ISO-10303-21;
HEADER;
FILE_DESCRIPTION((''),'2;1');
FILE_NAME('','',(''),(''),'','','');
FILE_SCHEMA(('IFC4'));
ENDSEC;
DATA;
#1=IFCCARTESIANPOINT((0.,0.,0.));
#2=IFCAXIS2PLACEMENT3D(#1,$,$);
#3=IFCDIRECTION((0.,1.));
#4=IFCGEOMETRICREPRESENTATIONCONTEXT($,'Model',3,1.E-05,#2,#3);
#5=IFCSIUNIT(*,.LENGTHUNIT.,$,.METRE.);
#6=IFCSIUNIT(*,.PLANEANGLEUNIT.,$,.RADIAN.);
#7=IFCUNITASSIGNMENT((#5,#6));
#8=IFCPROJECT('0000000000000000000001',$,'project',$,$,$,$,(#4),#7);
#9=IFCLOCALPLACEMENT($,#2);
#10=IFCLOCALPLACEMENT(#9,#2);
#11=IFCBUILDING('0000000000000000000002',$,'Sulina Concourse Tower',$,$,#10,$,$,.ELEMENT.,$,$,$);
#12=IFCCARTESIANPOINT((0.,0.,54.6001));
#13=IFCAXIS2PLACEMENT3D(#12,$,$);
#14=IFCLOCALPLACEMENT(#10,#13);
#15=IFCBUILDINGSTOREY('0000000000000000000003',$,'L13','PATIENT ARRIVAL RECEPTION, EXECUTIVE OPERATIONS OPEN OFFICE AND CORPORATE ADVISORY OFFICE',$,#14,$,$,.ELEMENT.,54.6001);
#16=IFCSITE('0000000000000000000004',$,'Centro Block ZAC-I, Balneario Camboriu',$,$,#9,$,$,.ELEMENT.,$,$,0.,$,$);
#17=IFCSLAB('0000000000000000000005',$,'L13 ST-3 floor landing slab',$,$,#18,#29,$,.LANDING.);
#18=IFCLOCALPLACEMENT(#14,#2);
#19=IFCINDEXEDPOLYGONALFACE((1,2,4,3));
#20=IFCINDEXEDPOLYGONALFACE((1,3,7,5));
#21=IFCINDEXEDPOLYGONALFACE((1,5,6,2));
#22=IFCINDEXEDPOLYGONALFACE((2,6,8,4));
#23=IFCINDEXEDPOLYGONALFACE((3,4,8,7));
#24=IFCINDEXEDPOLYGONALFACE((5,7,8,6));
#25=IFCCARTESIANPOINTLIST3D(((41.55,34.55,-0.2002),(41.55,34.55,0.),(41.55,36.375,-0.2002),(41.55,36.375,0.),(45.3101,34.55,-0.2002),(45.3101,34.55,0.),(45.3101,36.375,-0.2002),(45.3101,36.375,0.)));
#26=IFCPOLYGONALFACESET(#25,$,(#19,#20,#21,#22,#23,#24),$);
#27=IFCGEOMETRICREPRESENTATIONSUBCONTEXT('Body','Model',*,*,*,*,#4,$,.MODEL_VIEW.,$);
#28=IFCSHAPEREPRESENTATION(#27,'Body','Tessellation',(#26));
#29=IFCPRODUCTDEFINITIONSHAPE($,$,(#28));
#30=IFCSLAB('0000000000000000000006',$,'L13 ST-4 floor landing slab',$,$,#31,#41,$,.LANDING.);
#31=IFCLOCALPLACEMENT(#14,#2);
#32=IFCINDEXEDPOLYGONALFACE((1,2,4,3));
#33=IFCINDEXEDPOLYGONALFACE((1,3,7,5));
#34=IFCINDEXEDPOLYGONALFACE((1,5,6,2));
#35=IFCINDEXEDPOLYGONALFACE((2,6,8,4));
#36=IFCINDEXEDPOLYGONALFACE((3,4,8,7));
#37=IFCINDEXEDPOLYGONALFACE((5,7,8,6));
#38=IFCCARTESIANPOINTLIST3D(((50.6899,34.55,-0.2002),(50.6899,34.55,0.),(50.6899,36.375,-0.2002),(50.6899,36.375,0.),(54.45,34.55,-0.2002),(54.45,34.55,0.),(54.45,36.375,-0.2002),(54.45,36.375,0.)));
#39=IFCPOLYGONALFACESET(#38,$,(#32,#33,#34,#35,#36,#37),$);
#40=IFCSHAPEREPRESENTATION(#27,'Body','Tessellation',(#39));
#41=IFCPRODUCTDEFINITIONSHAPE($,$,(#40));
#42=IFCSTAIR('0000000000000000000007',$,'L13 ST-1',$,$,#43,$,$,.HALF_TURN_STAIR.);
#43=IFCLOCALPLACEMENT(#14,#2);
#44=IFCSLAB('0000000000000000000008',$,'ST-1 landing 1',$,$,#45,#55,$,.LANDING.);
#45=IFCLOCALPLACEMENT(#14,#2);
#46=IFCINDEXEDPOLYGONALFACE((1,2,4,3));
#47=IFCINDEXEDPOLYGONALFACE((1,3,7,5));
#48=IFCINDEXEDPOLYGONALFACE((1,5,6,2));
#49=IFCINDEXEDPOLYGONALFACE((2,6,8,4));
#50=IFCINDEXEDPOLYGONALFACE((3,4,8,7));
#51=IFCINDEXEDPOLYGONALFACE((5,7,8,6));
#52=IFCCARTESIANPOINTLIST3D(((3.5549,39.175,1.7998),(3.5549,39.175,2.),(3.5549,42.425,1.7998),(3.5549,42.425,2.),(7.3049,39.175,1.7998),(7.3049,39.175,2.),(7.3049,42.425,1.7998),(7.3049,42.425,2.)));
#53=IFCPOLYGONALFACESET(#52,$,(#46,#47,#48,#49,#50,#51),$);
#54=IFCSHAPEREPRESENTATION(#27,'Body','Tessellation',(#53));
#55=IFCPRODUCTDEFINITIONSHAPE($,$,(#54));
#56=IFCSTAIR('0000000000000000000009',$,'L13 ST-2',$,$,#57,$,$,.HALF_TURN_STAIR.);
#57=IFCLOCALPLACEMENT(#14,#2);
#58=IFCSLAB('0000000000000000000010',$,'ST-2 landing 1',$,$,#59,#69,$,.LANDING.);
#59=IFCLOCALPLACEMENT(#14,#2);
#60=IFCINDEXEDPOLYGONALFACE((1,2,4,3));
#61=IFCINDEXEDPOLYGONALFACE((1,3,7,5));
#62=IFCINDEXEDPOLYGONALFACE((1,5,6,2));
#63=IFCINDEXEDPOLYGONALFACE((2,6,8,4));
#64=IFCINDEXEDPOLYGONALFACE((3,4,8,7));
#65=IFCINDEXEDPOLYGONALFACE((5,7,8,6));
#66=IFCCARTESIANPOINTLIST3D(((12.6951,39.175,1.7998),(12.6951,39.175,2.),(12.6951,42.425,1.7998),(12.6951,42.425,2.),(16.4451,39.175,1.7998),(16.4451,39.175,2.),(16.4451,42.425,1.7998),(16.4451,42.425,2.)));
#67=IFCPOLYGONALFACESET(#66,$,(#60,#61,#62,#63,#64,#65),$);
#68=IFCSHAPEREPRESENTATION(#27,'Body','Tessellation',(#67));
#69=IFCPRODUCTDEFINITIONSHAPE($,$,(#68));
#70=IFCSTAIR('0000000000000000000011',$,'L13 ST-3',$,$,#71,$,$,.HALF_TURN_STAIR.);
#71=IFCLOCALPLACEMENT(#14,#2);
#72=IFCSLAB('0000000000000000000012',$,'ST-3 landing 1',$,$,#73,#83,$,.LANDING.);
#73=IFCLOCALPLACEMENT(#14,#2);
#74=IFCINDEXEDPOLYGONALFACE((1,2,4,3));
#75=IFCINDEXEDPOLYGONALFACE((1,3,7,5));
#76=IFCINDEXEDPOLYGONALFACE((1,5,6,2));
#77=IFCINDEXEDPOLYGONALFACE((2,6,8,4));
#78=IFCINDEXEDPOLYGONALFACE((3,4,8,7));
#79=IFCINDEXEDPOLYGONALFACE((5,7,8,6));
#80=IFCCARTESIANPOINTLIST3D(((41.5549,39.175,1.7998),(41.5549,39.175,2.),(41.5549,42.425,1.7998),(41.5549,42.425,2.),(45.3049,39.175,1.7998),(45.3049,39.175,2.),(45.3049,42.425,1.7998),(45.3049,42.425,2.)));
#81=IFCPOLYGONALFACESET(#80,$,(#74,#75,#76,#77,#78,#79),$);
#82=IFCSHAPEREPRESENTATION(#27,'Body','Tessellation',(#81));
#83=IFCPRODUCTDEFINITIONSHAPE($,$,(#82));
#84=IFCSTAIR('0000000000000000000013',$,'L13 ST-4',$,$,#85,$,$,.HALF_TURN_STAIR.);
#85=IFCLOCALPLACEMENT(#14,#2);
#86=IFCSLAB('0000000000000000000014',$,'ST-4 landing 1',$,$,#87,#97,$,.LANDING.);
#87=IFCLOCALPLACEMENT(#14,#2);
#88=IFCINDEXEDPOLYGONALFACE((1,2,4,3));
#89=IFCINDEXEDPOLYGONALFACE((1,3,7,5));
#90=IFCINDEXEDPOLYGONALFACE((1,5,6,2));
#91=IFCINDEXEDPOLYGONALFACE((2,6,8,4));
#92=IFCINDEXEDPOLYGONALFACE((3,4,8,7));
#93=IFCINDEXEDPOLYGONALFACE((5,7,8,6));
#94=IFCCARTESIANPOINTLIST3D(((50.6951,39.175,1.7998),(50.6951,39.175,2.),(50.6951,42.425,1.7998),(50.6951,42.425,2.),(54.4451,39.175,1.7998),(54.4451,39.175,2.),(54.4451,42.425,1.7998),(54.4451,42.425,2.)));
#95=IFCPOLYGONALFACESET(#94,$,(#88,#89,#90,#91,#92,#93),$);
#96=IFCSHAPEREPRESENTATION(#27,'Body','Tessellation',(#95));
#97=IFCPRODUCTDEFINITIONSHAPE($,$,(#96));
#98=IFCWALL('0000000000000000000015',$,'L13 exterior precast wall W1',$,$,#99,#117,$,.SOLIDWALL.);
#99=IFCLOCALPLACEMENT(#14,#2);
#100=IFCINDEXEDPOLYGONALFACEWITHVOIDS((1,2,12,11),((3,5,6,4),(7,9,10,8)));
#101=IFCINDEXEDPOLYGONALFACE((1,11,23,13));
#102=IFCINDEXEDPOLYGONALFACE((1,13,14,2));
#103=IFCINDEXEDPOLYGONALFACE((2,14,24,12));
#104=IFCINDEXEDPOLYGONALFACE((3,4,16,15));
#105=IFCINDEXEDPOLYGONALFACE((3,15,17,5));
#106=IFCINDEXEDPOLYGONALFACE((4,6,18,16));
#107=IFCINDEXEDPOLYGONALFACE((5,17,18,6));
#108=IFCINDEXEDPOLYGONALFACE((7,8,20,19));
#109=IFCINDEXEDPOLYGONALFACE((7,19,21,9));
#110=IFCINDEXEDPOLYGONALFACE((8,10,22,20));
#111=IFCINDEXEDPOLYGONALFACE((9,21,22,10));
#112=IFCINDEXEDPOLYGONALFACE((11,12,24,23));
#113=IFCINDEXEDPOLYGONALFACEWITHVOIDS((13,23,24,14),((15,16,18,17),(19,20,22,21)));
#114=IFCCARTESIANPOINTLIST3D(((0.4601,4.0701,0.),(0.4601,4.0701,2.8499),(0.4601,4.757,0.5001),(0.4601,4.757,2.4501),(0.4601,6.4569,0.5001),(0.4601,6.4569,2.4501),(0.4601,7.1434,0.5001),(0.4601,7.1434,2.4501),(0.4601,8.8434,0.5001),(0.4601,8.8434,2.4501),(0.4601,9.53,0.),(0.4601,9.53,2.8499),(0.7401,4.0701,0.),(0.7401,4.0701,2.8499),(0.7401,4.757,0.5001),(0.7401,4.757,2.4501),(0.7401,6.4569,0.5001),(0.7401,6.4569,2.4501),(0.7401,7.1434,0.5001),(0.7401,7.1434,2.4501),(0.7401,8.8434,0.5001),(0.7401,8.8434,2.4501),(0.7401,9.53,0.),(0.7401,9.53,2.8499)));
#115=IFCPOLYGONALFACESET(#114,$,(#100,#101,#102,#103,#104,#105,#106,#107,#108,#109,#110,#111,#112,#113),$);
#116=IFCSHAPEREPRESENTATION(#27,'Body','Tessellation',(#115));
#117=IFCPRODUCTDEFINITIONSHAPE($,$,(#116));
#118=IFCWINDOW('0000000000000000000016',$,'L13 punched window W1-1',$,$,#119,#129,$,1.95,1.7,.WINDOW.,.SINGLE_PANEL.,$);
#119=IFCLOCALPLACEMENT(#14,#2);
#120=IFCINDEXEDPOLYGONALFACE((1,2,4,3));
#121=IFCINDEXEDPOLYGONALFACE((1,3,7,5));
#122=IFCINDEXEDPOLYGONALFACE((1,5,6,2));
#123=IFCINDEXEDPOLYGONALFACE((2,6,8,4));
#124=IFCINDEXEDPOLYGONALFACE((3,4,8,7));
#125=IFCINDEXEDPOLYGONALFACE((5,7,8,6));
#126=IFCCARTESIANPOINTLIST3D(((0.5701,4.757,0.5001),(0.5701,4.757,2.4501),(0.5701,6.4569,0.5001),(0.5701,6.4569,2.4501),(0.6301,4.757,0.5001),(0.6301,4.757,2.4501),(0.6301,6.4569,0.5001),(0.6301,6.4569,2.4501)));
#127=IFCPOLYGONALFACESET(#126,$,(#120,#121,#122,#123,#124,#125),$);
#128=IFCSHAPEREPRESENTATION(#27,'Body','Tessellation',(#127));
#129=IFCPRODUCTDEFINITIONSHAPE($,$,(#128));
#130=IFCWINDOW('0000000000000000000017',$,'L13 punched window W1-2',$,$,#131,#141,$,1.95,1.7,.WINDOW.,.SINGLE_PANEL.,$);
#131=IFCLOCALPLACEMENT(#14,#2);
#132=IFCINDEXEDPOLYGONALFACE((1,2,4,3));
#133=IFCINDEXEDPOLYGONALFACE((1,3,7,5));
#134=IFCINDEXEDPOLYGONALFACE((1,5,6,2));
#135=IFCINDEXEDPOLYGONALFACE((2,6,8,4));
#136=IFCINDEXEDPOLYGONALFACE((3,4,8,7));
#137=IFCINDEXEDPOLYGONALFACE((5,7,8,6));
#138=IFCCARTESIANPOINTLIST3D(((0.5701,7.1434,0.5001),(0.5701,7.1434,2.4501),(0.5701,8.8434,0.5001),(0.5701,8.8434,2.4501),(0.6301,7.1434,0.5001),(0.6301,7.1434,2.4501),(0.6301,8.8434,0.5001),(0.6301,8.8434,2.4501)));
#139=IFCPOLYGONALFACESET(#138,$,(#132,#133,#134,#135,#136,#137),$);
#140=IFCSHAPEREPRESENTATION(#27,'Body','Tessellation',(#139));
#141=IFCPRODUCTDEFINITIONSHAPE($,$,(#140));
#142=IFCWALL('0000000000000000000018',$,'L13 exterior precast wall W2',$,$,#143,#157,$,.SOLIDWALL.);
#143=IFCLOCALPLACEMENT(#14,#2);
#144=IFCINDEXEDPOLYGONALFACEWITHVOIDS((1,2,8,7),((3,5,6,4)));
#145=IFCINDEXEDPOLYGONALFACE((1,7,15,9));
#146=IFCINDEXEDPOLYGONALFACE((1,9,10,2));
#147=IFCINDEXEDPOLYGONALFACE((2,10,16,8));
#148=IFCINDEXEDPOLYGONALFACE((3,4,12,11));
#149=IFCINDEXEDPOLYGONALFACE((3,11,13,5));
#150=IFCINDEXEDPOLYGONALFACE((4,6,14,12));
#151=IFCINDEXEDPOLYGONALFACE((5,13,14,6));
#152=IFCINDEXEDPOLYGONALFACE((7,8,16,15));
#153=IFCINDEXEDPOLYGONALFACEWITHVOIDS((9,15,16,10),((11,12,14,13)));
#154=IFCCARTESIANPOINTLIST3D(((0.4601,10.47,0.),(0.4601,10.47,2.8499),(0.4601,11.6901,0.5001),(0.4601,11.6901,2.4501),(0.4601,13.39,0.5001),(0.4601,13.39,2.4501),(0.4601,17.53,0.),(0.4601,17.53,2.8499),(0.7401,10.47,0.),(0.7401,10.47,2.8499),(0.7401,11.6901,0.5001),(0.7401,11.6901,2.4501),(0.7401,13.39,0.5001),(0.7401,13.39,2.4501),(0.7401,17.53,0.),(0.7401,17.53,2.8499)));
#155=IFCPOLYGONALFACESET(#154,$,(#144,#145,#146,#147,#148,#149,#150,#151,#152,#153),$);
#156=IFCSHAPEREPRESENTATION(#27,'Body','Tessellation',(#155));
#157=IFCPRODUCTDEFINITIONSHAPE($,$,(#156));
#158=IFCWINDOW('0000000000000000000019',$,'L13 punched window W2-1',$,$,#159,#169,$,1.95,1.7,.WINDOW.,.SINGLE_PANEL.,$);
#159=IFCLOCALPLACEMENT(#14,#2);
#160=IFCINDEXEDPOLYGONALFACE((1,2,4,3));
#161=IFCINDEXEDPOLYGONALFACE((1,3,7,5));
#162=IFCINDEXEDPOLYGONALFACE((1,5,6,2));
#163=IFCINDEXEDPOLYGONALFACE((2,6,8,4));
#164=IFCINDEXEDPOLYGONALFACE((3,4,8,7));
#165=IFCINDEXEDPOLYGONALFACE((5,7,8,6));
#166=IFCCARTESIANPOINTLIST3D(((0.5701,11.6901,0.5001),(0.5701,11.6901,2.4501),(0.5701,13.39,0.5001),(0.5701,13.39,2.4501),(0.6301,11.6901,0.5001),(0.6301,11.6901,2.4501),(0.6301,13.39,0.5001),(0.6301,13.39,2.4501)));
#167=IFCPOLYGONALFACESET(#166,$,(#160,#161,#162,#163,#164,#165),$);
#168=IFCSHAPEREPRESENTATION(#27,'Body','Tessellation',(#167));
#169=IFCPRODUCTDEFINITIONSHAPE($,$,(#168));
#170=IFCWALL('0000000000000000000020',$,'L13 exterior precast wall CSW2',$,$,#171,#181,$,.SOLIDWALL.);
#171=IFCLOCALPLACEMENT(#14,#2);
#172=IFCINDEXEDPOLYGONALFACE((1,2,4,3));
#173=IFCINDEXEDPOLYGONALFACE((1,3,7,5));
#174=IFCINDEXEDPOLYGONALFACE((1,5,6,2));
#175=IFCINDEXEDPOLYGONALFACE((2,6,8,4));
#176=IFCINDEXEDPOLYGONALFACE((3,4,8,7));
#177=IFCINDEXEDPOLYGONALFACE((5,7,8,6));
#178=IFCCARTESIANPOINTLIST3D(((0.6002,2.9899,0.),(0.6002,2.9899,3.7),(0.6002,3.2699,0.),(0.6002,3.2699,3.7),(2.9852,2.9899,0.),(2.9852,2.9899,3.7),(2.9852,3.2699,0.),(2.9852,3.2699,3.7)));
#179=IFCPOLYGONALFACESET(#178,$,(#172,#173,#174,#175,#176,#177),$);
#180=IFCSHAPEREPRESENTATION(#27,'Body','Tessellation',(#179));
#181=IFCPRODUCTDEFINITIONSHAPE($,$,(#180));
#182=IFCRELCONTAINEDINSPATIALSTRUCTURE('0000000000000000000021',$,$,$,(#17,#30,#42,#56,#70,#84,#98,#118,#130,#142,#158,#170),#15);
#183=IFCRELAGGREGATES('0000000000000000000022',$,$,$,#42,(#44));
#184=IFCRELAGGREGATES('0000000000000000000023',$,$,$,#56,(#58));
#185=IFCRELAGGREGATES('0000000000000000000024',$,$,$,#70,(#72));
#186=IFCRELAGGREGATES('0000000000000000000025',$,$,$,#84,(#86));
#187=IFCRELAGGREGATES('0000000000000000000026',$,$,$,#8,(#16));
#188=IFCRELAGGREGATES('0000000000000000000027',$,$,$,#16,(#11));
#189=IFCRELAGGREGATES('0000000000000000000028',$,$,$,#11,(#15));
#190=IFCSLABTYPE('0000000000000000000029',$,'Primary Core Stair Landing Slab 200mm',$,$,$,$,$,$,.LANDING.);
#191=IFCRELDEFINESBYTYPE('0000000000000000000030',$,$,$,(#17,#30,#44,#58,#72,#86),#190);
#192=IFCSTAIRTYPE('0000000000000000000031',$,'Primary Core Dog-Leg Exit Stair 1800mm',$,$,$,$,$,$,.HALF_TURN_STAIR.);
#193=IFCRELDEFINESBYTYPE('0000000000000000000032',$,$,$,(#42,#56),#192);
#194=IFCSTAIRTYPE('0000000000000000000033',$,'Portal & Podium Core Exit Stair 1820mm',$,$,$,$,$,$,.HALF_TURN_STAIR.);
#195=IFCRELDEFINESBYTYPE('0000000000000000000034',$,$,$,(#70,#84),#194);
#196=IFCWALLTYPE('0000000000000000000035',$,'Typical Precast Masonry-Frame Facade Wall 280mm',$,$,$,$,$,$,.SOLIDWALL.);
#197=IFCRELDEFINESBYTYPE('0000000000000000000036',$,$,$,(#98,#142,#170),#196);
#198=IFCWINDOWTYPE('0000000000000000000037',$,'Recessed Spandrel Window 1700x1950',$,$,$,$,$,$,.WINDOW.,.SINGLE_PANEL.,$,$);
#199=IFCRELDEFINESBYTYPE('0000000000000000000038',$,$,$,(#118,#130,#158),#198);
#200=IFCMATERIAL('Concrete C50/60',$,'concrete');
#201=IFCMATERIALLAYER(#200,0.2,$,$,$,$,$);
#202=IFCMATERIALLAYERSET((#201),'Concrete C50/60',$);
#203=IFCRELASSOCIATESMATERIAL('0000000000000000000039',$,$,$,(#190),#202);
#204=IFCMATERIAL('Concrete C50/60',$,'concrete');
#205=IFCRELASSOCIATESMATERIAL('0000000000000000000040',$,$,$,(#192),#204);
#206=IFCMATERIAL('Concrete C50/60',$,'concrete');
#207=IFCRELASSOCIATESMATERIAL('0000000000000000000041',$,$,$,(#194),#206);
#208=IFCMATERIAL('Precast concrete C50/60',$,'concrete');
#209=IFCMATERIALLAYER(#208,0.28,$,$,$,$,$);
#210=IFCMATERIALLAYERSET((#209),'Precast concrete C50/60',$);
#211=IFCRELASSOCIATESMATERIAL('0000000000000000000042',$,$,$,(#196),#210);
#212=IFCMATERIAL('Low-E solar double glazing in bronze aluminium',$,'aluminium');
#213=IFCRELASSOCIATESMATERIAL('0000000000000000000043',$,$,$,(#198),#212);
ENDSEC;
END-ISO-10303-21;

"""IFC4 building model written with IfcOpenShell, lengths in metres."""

from ifc_helpers import new_model, si_unit, direction, frame, frame_2d, origin, place, context, subcontext, project, spatial, polyline, rectangle, outline, extrude, material, layer, layer_set, type_object, element, fill, aggregate, save


model = new_model("IFC4")

# Units and contexts
model_context = context("Model", 3, precision=1e-05, world=origin(), true_north=direction((0.0, 1.0)))
body_context = subcontext(model_context, "Body", "Model", "MODEL_VIEW")
ifc_project = project(units=[si_unit("LENGTHUNIT", "METRE"), si_unit("PLANEANGLEUNIT", "RADIAN")], contexts=[model_context])

# Site, building, storey
site_placement = place(None, origin())
site = spatial("IfcSite", under=ifc_project, at=site_placement, Name="Centro Block ZAC-I, Balneario Camboriu", CompositionType="ELEMENT", RefElevation=0.0)
building_placement = place(site_placement, origin())
building = spatial("IfcBuilding", under=site, at=building_placement, Name="Sulina Concourse Tower", CompositionType="ELEMENT")
storey_placement = place(building_placement, frame((0.0, 0.0, 54.6001)))
storey = spatial("IfcBuildingStorey", under=building, at=storey_placement, Name="L13", Description="PATIENT ARRIVAL RECEPTION, EXECUTIVE OPERATIONS OPEN OFFICE AND CORPORATE ADVISORY OFFICE", CompositionType="ELEMENT", Elevation=54.6001)

# Slabs
ifc_material_1 = material(Name="Concrete C50/60", Category="concrete")
ifc_layer_1 = layer(ifc_material_1, 0.2)
ifc_layer_set_1 = layer_set([ifc_layer_1], Name="Concrete C50/60")
slab_type_1 = type_object("IfcSlabType", Name="Primary Core Stair Landing Slab 200mm", PredefinedType="LANDING", material=ifc_layer_set_1)
slab_1_placement = place(storey_placement, frame((0.0, 0.0, -0.2002)))
element("IfcSlab", 1, at=slab_1_placement, inside=storey, type_object=slab_type_1, Name="L13 ST-3 floor landing slab", PredefinedType="LANDING", context=body_context, shape_type="SweptSolid", body=[
    extrude(outline(polyline([(45.3101, 34.55), (45.3101, 36.375), (41.55, 36.375), (41.55, 34.55), (45.3101, 34.55)])), origin(), (0.0, 0.0, 1.0), 0.2002),
])
slab_2_placement = place(storey_placement, frame((0.0, 0.0, -0.2002)))
element("IfcSlab", 2, at=slab_2_placement, inside=storey, type_object=slab_type_1, Name="L13 ST-4 floor landing slab", PredefinedType="LANDING", context=body_context, shape_type="SweptSolid", body=[
    extrude(outline(polyline([(54.45, 34.55), (54.45, 36.375), (50.6899, 36.375), (50.6899, 34.55), (54.45, 34.55)])), origin(), (0.0, 0.0, 1.0), 0.2002),
])

# Stairs, slabs
ifc_material_2 = material(Name="Concrete C50/60", Category="concrete")
stair_type_1 = type_object("IfcStairType", Name="Primary Core Dog-Leg Exit Stair 1800mm", PredefinedType="HALF_TURN_STAIR", material=ifc_material_2)
stair_1_placement = place(storey_placement, origin())
stair_1 = element("IfcStair", 3, at=stair_1_placement, inside=storey, type_object=stair_type_1, Name="L13 ST-1", PredefinedType="HALF_TURN_STAIR")
slab_3_placement = place(storey_placement, frame((0.0, 0.0, 1.7998)))
slab_3 = element("IfcSlab", 4, at=slab_3_placement, type_object=slab_type_1, Name="ST-1 landing 1", PredefinedType="LANDING", context=body_context, shape_type="SweptSolid", body=[
    extrude(outline(polyline([(7.3049, 39.175), (7.3049, 42.425), (3.5549, 42.425), (3.5549, 39.175), (7.3049, 39.175)])), origin(), (0.0, 0.0, 1.0), 0.2002),
])
aggregate(stair_1, [slab_3])
stair_2_placement = place(storey_placement, origin())
stair_2 = element("IfcStair", 5, at=stair_2_placement, inside=storey, type_object=stair_type_1, Name="L13 ST-2", PredefinedType="HALF_TURN_STAIR")
slab_4_placement = place(storey_placement, frame((0.0, 0.0, 1.7998)))
slab_4 = element("IfcSlab", 6, at=slab_4_placement, type_object=slab_type_1, Name="ST-2 landing 1", PredefinedType="LANDING", context=body_context, shape_type="SweptSolid", body=[
    extrude(outline(polyline([(16.4451, 39.175), (16.4451, 42.425), (12.6951, 42.425), (12.6951, 39.175), (16.4451, 39.175)])), origin(), (0.0, 0.0, 1.0), 0.2002),
])
aggregate(stair_2, [slab_4])
ifc_material_3 = material(Name="Concrete C50/60", Category="concrete")
stair_type_2 = type_object("IfcStairType", Name="Portal & Podium Core Exit Stair 1820mm", PredefinedType="HALF_TURN_STAIR", material=ifc_material_3)
stair_3_placement = place(storey_placement, origin())
stair_3 = element("IfcStair", 7, at=stair_3_placement, inside=storey, type_object=stair_type_2, Name="L13 ST-3", PredefinedType="HALF_TURN_STAIR")
slab_5_placement = place(storey_placement, frame((0.0, 0.0, 1.7998)))
slab_5 = element("IfcSlab", 8, at=slab_5_placement, type_object=slab_type_1, Name="ST-3 landing 1", PredefinedType="LANDING", context=body_context, shape_type="SweptSolid", body=[
    extrude(outline(polyline([(45.3049, 39.175), (45.3049, 42.425), (41.5549, 42.425), (41.5549, 39.175), (45.3049, 39.175)])), origin(), (0.0, 0.0, 1.0), 0.2002),
])
aggregate(stair_3, [slab_5])
stair_4_placement = place(storey_placement, origin())
stair_4 = element("IfcStair", 9, at=stair_4_placement, inside=storey, type_object=stair_type_2, Name="L13 ST-4", PredefinedType="HALF_TURN_STAIR")
slab_6_placement = place(storey_placement, frame((0.0, 0.0, 1.7998)))
slab_6 = element("IfcSlab", 10, at=slab_6_placement, type_object=slab_type_1, Name="ST-4 landing 1", PredefinedType="LANDING", context=body_context, shape_type="SweptSolid", body=[
    extrude(outline(polyline([(54.4451, 39.175), (54.4451, 42.425), (50.6951, 42.425), (50.6951, 39.175), (54.4451, 39.175)])), origin(), (0.0, 0.0, 1.0), 0.2002),
])
aggregate(stair_4, [slab_6])

# Wall, openings, windows
ifc_material_4 = material(Name="Precast concrete C50/60", Category="concrete")
ifc_layer_2 = layer(ifc_material_4, 0.28)
ifc_layer_set_2 = layer_set([ifc_layer_2], Name="Precast concrete C50/60")
wall_type = type_object("IfcWallType", Name="Typical Precast Masonry-Frame Facade Wall 280mm", PredefinedType="SOLIDWALL", material=ifc_layer_set_2)
wall_1_placement = place(storey_placement, frame((0.6001, 4.0701, 0.0), z_axis=(0.0, 0.0, 1.0), x_axis=(0.0, 1.0, 0.0)))
wall_1 = element("IfcWall", 11, at=wall_1_placement, inside=storey, type_object=wall_type, Name="L13 exterior precast wall W1", PredefinedType="SOLIDWALL", context=body_context, shape_type="SweptSolid", body=[
    extrude(rectangle(XDim=5.46, YDim=0.28, at=frame_2d((2.73, 0.0))), origin(), (0.0, 0.0, 1.0), 2.8499),
])
opening_1_placement = place(wall_1_placement, frame((0.6868, 0.0, 0.5)))
opening_1 = element("IfcOpeningElement", 12, at=opening_1_placement, cuts=wall_1, PredefinedType="OPENING", context=body_context, shape_type="SweptSolid", body=[
    extrude(rectangle(XDim=1.7, YDim=1.95, at=frame_2d((0.8501, 0.9751))), frame((0.0, 0.1499, 0.0), z_axis=(0.0, -1.0, 0.0), x_axis=(1.0, 0.0, 0.0)), (0.0, 0.0, 1.0), 0.3),
])
opening_2_placement = place(wall_1_placement, frame((3.0732, 0.0, 0.5)))
opening_2 = element("IfcOpeningElement", 13, at=opening_2_placement, cuts=wall_1, PredefinedType="OPENING", context=body_context, shape_type="SweptSolid", body=[
    extrude(rectangle(XDim=1.7, YDim=1.95, at=frame_2d((0.8501, 0.9751))), frame((0.0, 0.1499, 0.0), z_axis=(0.0, -1.0, 0.0), x_axis=(1.0, 0.0, 0.0)), (0.0, 0.0, 1.0), 0.3),
])
ifc_material_5 = material(Name="Low-E solar double glazing in bronze aluminium", Category="aluminium")
window_type = type_object("IfcWindowType", Name="Recessed Spandrel Window 1700x1950", PartitioningType="SINGLE_PANEL", PredefinedType="WINDOW", material=ifc_material_5)
window_1_placement = place(opening_1_placement, origin())
window_1 = element("IfcWindow", 14, at=window_1_placement, inside=storey, type_object=window_type, Name="L13 punched window W1-1", OverallHeight=1.95, OverallWidth=1.7, PartitioningType="SINGLE_PANEL", PredefinedType="WINDOW", context=body_context, shape_type="SweptSolid", body=[
    extrude(rectangle(XDim=1.7, YDim=1.95, at=frame_2d((0.8501, 0.9751))), frame((0.0, 0.03, 0.0), z_axis=(0.0, -1.0, 0.0), x_axis=(1.0, 0.0, 0.0)), (0.0, 0.0, 1.0), 0.0601),
])
fill(opening_1, window_1)
window_2_placement = place(opening_2_placement, origin())
window_2 = element("IfcWindow", 15, at=window_2_placement, inside=storey, type_object=window_type, Name="L13 punched window W1-2", OverallHeight=1.95, OverallWidth=1.7, PartitioningType="SINGLE_PANEL", PredefinedType="WINDOW", context=body_context, shape_type="SweptSolid", body=[
    extrude(rectangle(XDim=1.7, YDim=1.95, at=frame_2d((0.8501, 0.9751))), frame((0.0, 0.03, 0.0), z_axis=(0.0, -1.0, 0.0), x_axis=(1.0, 0.0, 0.0)), (0.0, 0.0, 1.0), 0.0601),
])
fill(opening_2, window_2)

# Wall, opening, window
wall_2_placement = place(storey_placement, frame((0.6001, 10.47, 0.0), z_axis=(0.0, 0.0, 1.0), x_axis=(0.0, 1.0, 0.0)))
wall_2 = element("IfcWall", 16, at=wall_2_placement, inside=storey, type_object=wall_type, Name="L13 exterior precast wall W2", PredefinedType="SOLIDWALL", context=body_context, shape_type="SweptSolid", body=[
    extrude(rectangle(XDim=7.0601, YDim=0.28, at=frame_2d((3.53, 0.0))), origin(), (0.0, 0.0, 1.0), 2.8499),
])
opening_3_placement = place(wall_2_placement, frame((1.22, 0.0, 0.5)))
opening_3 = element("IfcOpeningElement", 17, at=opening_3_placement, cuts=wall_2, PredefinedType="OPENING", context=body_context, shape_type="SweptSolid", body=[
    extrude(rectangle(XDim=1.7, YDim=1.95, at=frame_2d((0.8501, 0.9751))), frame((0.0, 0.1499, 0.0), z_axis=(0.0, -1.0, 0.0), x_axis=(1.0, 0.0, 0.0)), (0.0, 0.0, 1.0), 0.3),
])
window_3_placement = place(opening_3_placement, origin())
window_3 = element("IfcWindow", 18, at=window_3_placement, inside=storey, type_object=window_type, Name="L13 punched window W2-1", OverallHeight=1.95, OverallWidth=1.7, PartitioningType="SINGLE_PANEL", PredefinedType="WINDOW", context=body_context, shape_type="SweptSolid", body=[
    extrude(rectangle(XDim=1.7, YDim=1.95, at=frame_2d((0.8501, 0.9751))), frame((0.0, 0.03, 0.0), z_axis=(0.0, -1.0, 0.0), x_axis=(1.0, 0.0, 0.0)), (0.0, 0.0, 1.0), 0.0601),
])
fill(opening_3, window_3)

# Wall
wall_3_placement = place(storey_placement, frame((2.9851, 3.1299, 0.0), z_axis=(0.0, 0.0, 1.0), x_axis=(-1.0, 0.0, 0.0)))
element("IfcWall", 19, at=wall_3_placement, inside=storey, type_object=wall_type, Name="L13 exterior precast wall CSW2", PredefinedType="SOLIDWALL", context=body_context, shape_type="SweptSolid", body=[
    extrude(rectangle(XDim=2.385, YDim=0.28, at=frame_2d((1.1924, 0.0))), origin(), (0.0, 0.0, 1.0), 3.7),
])

save(model, "model.ifc")
